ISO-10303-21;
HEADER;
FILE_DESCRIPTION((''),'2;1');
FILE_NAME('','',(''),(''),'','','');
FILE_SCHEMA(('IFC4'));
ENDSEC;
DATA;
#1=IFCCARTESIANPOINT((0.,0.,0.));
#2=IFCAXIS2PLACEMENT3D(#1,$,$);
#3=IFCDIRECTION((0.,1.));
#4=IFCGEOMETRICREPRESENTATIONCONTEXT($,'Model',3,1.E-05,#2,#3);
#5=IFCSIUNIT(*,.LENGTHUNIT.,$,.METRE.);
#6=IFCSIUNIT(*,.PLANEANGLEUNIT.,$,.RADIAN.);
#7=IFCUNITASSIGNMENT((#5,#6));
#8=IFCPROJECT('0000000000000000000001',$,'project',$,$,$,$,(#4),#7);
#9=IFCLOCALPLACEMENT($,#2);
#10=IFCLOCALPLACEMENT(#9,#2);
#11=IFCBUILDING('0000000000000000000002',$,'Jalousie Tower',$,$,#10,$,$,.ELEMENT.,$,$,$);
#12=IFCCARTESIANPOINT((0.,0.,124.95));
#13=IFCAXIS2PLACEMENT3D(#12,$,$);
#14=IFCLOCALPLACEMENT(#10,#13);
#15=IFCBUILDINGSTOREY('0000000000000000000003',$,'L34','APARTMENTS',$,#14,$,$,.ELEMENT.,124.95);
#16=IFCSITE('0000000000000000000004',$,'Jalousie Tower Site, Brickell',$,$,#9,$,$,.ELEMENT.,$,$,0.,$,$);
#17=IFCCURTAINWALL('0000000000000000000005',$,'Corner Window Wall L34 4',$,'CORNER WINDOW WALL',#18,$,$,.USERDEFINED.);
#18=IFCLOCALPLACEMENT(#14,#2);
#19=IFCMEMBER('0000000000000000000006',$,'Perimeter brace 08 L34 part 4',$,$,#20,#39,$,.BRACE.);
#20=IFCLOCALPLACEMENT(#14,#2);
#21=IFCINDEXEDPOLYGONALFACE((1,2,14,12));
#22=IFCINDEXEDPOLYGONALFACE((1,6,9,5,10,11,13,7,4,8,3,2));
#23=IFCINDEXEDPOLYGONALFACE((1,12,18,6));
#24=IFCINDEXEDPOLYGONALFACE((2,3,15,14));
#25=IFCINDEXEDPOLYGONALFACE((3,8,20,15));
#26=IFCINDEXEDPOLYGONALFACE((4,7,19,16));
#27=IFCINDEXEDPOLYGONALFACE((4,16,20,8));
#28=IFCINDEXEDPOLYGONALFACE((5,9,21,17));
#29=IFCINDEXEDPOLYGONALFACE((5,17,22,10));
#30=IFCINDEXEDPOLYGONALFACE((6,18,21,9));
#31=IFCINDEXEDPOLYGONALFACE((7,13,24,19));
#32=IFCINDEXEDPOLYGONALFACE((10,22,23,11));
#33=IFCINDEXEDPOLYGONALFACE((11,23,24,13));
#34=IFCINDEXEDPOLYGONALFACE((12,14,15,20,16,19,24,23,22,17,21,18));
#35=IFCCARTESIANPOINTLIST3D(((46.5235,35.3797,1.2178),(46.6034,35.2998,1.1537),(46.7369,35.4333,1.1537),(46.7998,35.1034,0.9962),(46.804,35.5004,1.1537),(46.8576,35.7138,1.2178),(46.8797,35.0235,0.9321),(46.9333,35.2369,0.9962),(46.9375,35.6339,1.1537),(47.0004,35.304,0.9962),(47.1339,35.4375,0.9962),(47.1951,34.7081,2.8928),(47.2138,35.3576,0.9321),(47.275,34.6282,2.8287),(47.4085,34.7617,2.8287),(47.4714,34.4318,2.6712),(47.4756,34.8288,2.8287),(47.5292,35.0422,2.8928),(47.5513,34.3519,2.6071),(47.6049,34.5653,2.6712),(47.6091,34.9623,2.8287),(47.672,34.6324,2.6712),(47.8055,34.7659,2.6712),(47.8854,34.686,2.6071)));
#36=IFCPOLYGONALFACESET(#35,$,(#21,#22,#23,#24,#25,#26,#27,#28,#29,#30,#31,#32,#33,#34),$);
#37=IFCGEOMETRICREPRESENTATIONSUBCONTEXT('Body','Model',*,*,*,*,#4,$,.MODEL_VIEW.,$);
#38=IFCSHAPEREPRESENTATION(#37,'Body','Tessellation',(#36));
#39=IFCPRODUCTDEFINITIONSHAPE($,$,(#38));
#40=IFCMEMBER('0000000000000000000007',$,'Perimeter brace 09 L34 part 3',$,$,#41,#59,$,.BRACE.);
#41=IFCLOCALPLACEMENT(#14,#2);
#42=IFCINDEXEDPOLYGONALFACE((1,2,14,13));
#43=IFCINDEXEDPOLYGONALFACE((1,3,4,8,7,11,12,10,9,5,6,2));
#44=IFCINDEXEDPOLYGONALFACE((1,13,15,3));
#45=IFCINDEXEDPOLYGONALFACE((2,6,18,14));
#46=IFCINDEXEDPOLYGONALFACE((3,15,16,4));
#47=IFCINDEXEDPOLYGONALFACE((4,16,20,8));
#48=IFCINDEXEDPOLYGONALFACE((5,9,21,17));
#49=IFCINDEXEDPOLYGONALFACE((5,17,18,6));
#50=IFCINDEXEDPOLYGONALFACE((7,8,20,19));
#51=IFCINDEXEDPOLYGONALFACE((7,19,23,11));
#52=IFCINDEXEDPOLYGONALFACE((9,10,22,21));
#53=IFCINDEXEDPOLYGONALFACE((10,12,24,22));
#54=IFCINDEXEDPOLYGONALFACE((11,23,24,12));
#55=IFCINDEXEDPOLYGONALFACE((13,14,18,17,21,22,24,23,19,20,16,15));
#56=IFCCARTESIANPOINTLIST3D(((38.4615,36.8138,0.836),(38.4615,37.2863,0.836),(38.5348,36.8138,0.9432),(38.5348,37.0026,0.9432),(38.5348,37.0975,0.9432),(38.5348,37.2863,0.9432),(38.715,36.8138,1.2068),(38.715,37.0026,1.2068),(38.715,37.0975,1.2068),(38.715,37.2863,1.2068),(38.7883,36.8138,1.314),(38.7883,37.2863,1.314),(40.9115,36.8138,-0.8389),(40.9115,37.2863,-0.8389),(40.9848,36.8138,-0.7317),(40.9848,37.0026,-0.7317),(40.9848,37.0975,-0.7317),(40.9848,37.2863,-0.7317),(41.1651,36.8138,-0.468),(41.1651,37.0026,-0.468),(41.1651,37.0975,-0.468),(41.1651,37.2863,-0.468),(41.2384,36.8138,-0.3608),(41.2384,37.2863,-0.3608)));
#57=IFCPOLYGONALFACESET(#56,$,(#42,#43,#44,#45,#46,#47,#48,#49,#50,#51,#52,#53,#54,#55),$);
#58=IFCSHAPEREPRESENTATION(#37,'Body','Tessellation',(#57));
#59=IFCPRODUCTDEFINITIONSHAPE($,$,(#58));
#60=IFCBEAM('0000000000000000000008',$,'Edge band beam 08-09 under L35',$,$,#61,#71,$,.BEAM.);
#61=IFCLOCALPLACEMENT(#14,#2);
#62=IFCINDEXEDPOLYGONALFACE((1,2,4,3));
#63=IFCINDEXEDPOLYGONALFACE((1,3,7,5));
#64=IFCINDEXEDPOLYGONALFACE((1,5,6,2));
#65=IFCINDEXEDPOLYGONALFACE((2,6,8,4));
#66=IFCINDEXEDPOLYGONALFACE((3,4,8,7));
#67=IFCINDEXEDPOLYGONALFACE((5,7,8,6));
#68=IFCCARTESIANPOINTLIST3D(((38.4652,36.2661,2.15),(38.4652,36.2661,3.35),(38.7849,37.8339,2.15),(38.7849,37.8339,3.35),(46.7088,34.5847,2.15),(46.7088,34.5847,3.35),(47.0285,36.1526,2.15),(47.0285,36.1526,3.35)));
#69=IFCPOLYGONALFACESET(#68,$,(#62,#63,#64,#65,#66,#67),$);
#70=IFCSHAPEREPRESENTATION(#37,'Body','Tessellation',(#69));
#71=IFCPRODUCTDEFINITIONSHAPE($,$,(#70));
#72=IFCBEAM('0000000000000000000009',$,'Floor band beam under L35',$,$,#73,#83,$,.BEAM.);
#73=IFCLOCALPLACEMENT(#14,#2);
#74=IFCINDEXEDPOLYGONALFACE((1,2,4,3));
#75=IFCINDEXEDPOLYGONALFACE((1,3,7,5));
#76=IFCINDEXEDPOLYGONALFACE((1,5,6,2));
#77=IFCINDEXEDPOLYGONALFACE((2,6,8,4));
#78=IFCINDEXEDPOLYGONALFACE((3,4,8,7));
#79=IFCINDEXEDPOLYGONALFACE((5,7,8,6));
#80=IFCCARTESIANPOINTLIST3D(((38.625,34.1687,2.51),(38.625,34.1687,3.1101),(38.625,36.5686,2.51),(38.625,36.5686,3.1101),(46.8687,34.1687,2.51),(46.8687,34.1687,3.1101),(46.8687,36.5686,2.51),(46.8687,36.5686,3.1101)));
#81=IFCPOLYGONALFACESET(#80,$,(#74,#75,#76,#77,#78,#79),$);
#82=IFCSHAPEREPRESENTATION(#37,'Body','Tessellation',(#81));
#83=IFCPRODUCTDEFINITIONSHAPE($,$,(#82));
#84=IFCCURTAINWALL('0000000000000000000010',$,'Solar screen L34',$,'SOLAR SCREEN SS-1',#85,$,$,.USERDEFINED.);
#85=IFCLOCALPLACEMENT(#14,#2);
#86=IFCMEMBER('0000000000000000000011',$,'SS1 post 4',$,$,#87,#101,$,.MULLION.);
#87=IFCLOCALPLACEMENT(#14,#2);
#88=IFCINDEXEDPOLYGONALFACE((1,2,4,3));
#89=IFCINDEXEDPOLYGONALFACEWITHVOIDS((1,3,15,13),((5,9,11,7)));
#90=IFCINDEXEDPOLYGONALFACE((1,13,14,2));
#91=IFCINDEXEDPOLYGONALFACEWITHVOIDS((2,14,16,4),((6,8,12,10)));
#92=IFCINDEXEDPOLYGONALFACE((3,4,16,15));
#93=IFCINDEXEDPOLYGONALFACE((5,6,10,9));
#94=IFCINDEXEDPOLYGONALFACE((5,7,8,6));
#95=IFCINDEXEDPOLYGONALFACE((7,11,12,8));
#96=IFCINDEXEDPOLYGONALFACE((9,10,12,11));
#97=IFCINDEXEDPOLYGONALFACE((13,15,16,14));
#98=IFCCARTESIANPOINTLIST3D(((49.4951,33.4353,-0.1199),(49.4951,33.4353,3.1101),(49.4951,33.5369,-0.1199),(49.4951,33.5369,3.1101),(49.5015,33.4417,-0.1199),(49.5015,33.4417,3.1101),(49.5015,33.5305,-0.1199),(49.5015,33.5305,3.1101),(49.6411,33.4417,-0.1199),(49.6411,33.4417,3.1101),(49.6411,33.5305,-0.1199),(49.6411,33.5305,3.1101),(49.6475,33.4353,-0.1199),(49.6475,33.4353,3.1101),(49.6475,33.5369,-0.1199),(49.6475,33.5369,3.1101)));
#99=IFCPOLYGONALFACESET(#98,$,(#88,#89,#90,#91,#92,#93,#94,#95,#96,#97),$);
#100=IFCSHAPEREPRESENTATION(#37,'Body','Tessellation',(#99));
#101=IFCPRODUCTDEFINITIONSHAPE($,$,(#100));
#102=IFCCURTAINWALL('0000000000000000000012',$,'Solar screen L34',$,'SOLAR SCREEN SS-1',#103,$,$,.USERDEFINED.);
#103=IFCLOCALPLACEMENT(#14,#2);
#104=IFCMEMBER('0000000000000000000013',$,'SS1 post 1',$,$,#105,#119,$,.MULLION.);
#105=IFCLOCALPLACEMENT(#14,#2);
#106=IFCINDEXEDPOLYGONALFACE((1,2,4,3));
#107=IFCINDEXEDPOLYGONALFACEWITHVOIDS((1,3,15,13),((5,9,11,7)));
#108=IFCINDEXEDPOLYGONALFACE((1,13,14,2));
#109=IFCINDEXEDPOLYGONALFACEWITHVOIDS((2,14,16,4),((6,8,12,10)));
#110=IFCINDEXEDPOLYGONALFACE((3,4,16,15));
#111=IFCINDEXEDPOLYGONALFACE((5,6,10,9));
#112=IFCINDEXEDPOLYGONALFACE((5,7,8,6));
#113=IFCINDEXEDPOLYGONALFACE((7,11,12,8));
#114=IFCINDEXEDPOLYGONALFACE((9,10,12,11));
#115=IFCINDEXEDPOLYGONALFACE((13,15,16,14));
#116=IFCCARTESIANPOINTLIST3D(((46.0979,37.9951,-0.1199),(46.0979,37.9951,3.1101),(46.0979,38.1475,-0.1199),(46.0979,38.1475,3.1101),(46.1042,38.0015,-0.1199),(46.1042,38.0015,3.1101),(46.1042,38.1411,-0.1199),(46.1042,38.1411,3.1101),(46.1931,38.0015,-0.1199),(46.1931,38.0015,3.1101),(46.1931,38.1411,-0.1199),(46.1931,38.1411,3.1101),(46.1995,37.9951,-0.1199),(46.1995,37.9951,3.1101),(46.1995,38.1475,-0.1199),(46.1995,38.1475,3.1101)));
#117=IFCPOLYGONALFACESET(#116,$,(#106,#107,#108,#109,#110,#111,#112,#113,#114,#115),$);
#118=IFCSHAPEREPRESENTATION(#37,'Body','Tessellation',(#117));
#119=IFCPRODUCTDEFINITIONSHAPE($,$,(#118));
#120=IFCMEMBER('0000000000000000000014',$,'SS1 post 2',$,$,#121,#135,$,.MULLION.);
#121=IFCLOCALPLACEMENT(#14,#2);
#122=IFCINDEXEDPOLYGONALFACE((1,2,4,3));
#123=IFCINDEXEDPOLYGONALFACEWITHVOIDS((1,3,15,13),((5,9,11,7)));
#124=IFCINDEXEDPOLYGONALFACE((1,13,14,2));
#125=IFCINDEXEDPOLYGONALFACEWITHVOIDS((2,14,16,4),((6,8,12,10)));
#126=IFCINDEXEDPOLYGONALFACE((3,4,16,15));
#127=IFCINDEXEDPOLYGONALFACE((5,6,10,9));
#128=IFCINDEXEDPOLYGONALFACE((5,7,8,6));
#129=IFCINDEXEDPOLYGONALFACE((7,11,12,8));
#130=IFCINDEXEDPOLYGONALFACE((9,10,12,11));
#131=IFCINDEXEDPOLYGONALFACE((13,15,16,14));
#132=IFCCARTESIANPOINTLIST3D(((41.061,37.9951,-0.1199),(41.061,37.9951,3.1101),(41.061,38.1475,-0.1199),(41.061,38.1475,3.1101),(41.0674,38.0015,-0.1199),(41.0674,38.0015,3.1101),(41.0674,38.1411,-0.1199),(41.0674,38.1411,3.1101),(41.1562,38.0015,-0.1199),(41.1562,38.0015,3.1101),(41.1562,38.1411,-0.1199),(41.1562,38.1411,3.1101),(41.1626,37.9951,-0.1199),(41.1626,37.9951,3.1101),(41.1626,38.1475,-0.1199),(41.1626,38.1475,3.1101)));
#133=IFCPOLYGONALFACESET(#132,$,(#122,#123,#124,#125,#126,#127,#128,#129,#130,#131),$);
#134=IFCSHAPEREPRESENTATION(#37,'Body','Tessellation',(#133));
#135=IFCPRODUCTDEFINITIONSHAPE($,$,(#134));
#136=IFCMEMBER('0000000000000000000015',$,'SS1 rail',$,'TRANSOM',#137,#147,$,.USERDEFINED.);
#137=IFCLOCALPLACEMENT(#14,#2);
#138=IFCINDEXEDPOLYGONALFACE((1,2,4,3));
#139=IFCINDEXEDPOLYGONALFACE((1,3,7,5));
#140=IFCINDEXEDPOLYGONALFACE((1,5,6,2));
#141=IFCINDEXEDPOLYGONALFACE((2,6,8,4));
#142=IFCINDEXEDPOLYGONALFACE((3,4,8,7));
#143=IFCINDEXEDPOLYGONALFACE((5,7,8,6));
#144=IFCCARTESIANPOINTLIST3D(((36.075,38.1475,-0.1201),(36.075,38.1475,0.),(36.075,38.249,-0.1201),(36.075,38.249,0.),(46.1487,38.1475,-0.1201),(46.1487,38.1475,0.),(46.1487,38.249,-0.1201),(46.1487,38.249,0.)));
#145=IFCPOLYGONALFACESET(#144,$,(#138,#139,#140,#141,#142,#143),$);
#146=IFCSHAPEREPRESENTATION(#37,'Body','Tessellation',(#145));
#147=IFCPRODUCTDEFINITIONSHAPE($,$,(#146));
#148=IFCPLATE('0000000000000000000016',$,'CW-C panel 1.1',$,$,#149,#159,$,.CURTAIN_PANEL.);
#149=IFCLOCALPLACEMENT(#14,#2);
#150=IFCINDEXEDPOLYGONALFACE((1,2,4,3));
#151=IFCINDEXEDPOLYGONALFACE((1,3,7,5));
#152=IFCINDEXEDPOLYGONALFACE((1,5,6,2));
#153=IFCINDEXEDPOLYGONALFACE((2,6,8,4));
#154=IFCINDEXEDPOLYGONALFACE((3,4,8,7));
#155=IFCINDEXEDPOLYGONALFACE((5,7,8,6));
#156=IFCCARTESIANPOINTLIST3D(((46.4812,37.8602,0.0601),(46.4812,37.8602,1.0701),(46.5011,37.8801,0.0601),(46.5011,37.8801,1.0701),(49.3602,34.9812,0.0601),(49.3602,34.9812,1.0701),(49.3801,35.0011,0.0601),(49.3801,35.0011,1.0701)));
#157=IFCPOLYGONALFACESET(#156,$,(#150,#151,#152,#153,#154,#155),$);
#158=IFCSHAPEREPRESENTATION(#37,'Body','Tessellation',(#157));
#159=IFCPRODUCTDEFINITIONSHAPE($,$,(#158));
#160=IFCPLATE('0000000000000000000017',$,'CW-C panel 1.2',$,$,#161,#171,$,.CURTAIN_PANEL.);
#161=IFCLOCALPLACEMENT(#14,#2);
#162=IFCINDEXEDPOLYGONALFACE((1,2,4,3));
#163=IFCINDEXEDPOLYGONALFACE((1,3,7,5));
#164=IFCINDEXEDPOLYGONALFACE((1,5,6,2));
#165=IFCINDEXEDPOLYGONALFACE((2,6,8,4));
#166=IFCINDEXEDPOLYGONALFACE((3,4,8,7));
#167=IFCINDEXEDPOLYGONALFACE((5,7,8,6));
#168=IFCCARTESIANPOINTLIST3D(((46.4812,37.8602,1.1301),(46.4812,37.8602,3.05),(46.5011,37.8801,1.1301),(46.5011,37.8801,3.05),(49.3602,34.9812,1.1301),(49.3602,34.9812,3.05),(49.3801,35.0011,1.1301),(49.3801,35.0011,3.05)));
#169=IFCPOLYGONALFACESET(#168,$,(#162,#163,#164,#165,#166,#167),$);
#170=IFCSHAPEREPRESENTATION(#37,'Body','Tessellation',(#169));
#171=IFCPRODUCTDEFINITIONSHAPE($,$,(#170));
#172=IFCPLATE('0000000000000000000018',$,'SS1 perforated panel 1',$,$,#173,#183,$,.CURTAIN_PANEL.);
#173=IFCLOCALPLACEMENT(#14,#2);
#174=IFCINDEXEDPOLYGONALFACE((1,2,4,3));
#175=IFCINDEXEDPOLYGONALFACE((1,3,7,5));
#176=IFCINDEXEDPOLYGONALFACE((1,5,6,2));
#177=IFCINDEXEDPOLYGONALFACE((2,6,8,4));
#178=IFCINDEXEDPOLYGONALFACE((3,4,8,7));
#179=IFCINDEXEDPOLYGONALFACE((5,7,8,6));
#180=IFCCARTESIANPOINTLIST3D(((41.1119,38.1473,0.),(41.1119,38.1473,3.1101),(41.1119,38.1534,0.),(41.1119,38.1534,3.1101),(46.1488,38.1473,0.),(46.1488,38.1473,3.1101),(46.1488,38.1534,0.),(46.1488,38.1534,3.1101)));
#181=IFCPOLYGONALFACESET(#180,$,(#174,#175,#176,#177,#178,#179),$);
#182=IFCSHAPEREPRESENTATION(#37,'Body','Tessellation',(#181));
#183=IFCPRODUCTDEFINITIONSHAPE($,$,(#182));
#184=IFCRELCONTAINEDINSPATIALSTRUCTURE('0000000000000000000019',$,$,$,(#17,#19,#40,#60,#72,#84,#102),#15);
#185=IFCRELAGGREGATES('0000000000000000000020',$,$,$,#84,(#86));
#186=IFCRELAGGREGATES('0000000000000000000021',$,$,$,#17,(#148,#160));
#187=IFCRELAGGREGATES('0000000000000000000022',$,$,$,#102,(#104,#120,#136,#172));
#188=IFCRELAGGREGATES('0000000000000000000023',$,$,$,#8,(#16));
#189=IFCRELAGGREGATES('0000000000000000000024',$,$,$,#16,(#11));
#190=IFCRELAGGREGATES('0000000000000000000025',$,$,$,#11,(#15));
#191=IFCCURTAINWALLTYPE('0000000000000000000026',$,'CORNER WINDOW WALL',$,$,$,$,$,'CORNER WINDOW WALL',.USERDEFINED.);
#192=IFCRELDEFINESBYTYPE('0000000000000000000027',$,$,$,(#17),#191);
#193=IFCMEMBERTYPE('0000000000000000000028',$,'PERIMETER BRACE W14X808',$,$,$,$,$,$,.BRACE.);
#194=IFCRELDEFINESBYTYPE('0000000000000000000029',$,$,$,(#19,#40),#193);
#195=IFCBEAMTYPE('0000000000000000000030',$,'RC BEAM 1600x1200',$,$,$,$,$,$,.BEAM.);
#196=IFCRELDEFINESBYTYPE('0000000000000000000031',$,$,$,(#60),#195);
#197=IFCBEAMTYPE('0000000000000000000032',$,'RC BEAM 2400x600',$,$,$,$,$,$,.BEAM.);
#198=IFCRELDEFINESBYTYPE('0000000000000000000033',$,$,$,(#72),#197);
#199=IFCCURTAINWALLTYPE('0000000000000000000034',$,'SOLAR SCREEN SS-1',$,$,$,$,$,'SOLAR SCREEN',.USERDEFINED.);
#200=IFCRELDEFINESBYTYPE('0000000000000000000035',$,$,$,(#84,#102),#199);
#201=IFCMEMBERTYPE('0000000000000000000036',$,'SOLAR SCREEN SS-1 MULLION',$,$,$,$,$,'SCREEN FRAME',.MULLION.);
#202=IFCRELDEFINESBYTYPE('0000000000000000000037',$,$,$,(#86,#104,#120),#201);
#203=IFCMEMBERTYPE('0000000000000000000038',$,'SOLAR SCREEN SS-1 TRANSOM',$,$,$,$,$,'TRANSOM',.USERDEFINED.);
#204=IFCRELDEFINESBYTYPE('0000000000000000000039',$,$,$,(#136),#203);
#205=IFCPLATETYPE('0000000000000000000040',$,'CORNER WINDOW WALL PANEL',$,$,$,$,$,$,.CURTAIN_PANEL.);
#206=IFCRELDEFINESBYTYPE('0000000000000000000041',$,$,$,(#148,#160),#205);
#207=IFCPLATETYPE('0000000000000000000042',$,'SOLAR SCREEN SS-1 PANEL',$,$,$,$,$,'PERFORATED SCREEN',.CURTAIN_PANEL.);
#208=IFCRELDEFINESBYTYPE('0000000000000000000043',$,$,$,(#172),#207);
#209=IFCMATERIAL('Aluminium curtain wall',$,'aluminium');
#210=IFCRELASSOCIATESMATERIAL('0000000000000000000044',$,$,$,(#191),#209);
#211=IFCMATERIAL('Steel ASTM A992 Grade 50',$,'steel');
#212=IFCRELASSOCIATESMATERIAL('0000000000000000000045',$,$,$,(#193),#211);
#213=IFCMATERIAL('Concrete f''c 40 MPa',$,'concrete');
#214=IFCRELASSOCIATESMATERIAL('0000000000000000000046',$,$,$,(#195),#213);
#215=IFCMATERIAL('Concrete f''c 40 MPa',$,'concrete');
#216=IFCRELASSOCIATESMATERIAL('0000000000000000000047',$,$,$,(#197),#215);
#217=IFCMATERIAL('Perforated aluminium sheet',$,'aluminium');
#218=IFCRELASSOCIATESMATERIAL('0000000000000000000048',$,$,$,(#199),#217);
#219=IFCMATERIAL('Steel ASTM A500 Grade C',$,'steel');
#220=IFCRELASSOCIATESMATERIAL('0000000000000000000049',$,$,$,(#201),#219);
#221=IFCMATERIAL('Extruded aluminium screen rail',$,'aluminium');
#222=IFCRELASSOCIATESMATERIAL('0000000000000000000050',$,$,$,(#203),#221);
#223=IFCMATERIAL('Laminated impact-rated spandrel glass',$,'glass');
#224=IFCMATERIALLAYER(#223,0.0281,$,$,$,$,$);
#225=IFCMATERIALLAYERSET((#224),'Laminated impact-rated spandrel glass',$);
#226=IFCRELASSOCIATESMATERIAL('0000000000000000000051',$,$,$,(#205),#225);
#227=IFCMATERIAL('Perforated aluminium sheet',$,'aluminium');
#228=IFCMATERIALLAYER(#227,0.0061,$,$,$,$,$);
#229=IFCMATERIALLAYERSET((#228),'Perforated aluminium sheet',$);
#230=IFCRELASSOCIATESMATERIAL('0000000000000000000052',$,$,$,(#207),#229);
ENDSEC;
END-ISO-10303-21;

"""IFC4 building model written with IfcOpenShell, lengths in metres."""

from ifc_helpers import new_model, si_unit, direction, frame, origin, origin_2d, place, context, subcontext, project, spatial, rectangle, hollow_rectangle, i_section, extrude, material, layer, layer_set, material_profile, profile_set, type_object, element, aggregate, save


model = new_model("IFC4")

# Units and contexts
model_context = context("Model", 3, precision=1e-05, world=origin(), true_north=direction((0.0, 1.0)))
body_context = subcontext(model_context, "Body", "Model", "MODEL_VIEW")
ifc_project = project(units=[si_unit("LENGTHUNIT", "METRE"), si_unit("PLANEANGLEUNIT", "RADIAN")], contexts=[model_context])

# Site, building, storey
site_placement = place(None, origin())
site = spatial("IfcSite", under=ifc_project, at=site_placement, Name="Jalousie Tower Site, Brickell", CompositionType="ELEMENT", RefElevation=0.0)
building_placement = place(site_placement, origin())
building = spatial("IfcBuilding", under=site, at=building_placement, Name="Jalousie Tower", CompositionType="ELEMENT")
storey_placement = place(building_placement, frame((0.0, 0.0, 124.95)))
storey = spatial("IfcBuildingStorey", under=building, at=storey_placement, Name="L34", Description="APARTMENTS", CompositionType="ELEMENT", Elevation=124.95)

# Curtain wall
ifc_material_1 = material(Name="Aluminium curtain wall", Category="aluminium")
curtain_wall_type_1 = type_object("IfcCurtainWallType", Name="CORNER WINDOW WALL", ElementType="CORNER WINDOW WALL", PredefinedType="USERDEFINED", material=ifc_material_1)
curtain_wall_1_placement = place(storey_placement, origin())
curtain_wall_1 = element("IfcCurtainWall", 1, at=curtain_wall_1_placement, inside=storey, type_object=curtain_wall_type_1, Name="Corner Window Wall L34 4", ObjectType="CORNER WINDOW WALL", PredefinedType="USERDEFINED")

# Members
ifc_material_2 = material(Name="Steel ASTM A992 Grade 50", Category="steel")
ifc_material_profile_1 = material_profile(ifc_material_2, i_section(OverallWidth=0.4724, OverallDepth=0.5791, WebThickness=0.095, FlangeThickness=0.1299, at=origin_2d()), Name="W14X808")
ifc_profile_set_1 = profile_set([ifc_material_profile_1], Name="Steel ASTM A992 Grade 50")
member_type_1 = type_object("IfcMemberType", Name="PERIMETER BRACE W14X808", PredefinedType="BRACE", material=ifc_profile_set_1)
member_1_placement = place(storey_placement, frame((46.8687, 35.3687, 1.075), z_axis=(0.348789, -0.348789, 0.869881), x_axis=(0.707107, 0.707107, 0.0)))
element("IfcMember", 2, at=member_1_placement, inside=storey, type_object=member_type_1, Name="Perimeter brace 08 L34 part 4", PredefinedType="BRACE", context=body_context, shape_type="SweptSolid", body=[
    extrude(i_section(OverallWidth=0.4724, OverallDepth=0.5791, WebThickness=0.095, FlangeThickness=0.1299, at=origin_2d()), origin(), (0.0, 0.0, 1.0), 1.9255),
])
member_2_placement = place(storey_placement, frame((41.075, 37.05, -0.5999), z_axis=(-0.825539, 0.0, 0.564345), x_axis=(0.0, -1.0, 0.0)))
element("IfcMember", 3, at=member_2_placement, inside=storey, type_object=member_type_1, Name="Perimeter brace 09 L34 part 3", PredefinedType="BRACE", context=body_context, shape_type="SweptSolid", body=[
    extrude(i_section(OverallWidth=0.4724, OverallDepth=0.5791, WebThickness=0.095, FlangeThickness=0.1299, at=origin_2d()), origin(), (0.0, 0.0, 1.0), 2.9678),
])

# Beams
ifc_material_3 = material(Name="Concrete f'c 40 MPa", Category="concrete")
ifc_material_profile_2 = material_profile(ifc_material_3, rectangle(XDim=1.6001, YDim=1.2, at=origin_2d()), Name="RC 1600x1200")
ifc_profile_set_2 = profile_set([ifc_material_profile_2], Name="Concrete f'c 40 MPa")
beam_type_1 = type_object("IfcBeamType", Name="RC BEAM 1600x1200", PredefinedType="BEAM", material=ifc_profile_set_2)
beam_1_placement = place(storey_placement, frame((46.8687, 35.3687, 2.75), z_axis=(-0.979827, 0.199848, 0.0), x_axis=(-0.199848, -0.979827, 0.0)))
element("IfcBeam", 4, at=beam_1_placement, inside=storey, type_object=beam_type_1, Name="Edge band beam 08-09 under L35", PredefinedType="BEAM", context=body_context, shape_type="SweptSolid", body=[
    extrude(rectangle(XDim=1.6001, YDim=1.2, at=origin_2d()), origin(), (0.0, 0.0, 1.0), 8.4133),
])
ifc_material_4 = material(Name="Concrete f'c 40 MPa", Category="concrete")
ifc_material_profile_3 = material_profile(ifc_material_4, rectangle(XDim=2.3999, YDim=0.6001, at=origin_2d()), Name="RC 2400x600")
ifc_profile_set_3 = profile_set([ifc_material_profile_3], Name="Concrete f'c 40 MPa")
beam_type_2 = type_object("IfcBeamType", Name="RC BEAM 2400x600", PredefinedType="BEAM", material=ifc_profile_set_3)
beam_2_placement = place(storey_placement, frame((46.8687, 35.3687, 2.8101), z_axis=(-1.0, 0.0, 0.0), x_axis=(0.0, -1.0, 0.0)))
element("IfcBeam", 5, at=beam_2_placement, inside=storey, type_object=beam_type_2, Name="Floor band beam under L35", PredefinedType="BEAM", context=body_context, shape_type="SweptSolid", body=[
    extrude(rectangle(XDim=2.3999, YDim=0.6001, at=origin_2d()), origin(), (0.0, 0.0, 1.0), 8.2437),
])

# Curtain wall, member
ifc_material_5 = material(Name="Perforated aluminium sheet", Category="aluminium")
curtain_wall_type_2 = type_object("IfcCurtainWallType", Name="SOLAR SCREEN SS-1", ElementType="SOLAR SCREEN", PredefinedType="USERDEFINED", material=ifc_material_5)
curtain_wall_2_placement = place(storey_placement, origin())
curtain_wall_2 = element("IfcCurtainWall", 6, at=curtain_wall_2_placement, inside=storey, type_object=curtain_wall_type_2, Name="Solar screen L34", ObjectType="SOLAR SCREEN SS-1", PredefinedType="USERDEFINED")
ifc_material_6 = material(Name="Steel ASTM A500 Grade C", Category="steel")
ifc_material_profile_4 = material_profile(ifc_material_6, hollow_rectangle(XDim=0.1016, YDim=0.1523, WallThickness=0.0063, at=origin_2d()), Name="HSS6X4X1/4")
ifc_profile_set_4 = profile_set([ifc_material_profile_4], Name="Steel ASTM A500 Grade C")
member_type_2 = type_object("IfcMemberType", Name="SOLAR SCREEN SS-1 MULLION", ElementType="SCREEN FRAME", PredefinedType="MULLION", material=ifc_profile_set_4)
member_3_placement = place(storey_placement, frame((49.5713, 33.4861, -0.1199), z_axis=(0.0, 0.0, 1.0), x_axis=(0.0, 1.0, 0.0)))
member_3 = element("IfcMember", 7, at=member_3_placement, type_object=member_type_2, Name="SS1 post 4", PredefinedType="MULLION", context=body_context, shape_type="SweptSolid", body=[
    extrude(hollow_rectangle(XDim=0.1016, YDim=0.1523, WallThickness=0.0063, at=origin_2d()), origin(), (0.0, 0.0, 1.0), 3.23),
])
aggregate(curtain_wall_2, [member_3])

# Curtain wall, members
curtain_wall_3_placement = place(storey_placement, origin())
curtain_wall_3 = element("IfcCurtainWall", 8, at=curtain_wall_3_placement, inside=storey, type_object=curtain_wall_type_2, Name="Solar screen L34", ObjectType="SOLAR SCREEN SS-1", PredefinedType="USERDEFINED")
member_4_placement = place(storey_placement, frame((46.1487, 38.0713, -0.1199), z_axis=(0.0, 0.0, 1.0), x_axis=(-1.0, 0.0, 0.0)))
member_4 = element("IfcMember", 9, at=member_4_placement, type_object=member_type_2, Name="SS1 post 1", PredefinedType="MULLION", context=body_context, shape_type="SweptSolid", body=[
    extrude(hollow_rectangle(XDim=0.1016, YDim=0.1523, WallThickness=0.0063, at=origin_2d()), origin(), (0.0, 0.0, 1.0), 3.23),
])
member_5_placement = place(storey_placement, frame((41.1118, 38.0713, -0.1199), z_axis=(0.0, 0.0, 1.0), x_axis=(-1.0, 0.0, 0.0)))
member_5 = element("IfcMember", 10, at=member_5_placement, type_object=member_type_2, Name="SS1 post 2", PredefinedType="MULLION", context=body_context, shape_type="SweptSolid", body=[
    extrude(hollow_rectangle(XDim=0.1016, YDim=0.1523, WallThickness=0.0063, at=origin_2d()), origin(), (0.0, 0.0, 1.0), 3.23),
])
ifc_material_7 = material(Name="Extruded aluminium screen rail", Category="aluminium")
ifc_material_profile_5 = material_profile(ifc_material_7, rectangle(XDim=0.1016, YDim=0.1201, at=origin_2d()), Name="RAIL 102x120")
ifc_profile_set_5 = profile_set([ifc_material_profile_5], Name="Extruded aluminium screen rail")
member_type_3 = type_object("IfcMemberType", Name="SOLAR SCREEN SS-1 TRANSOM", ElementType="TRANSOM", PredefinedType="USERDEFINED", material=ifc_profile_set_5)
member_6_placement = place(storey_placement, frame((46.1487, 38.1982, -0.0601), z_axis=(-1.0, 0.0, 0.0), x_axis=(0.0, -1.0, 0.0)))
member_6 = element("IfcMember", 11, at=member_6_placement, type_object=member_type_3, Name="SS1 rail", ObjectType="TRANSOM", PredefinedType="USERDEFINED", context=body_context, shape_type="SweptSolid", body=[
    extrude(rectangle(XDim=0.1016, YDim=0.1201, at=origin_2d()), origin(), (0.0, 0.0, 1.0), 10.0737),
])

# Plates
ifc_material_8 = material(Name="Laminated impact-rated spandrel glass", Category="glass")
ifc_layer_1 = layer(ifc_material_8, 0.0281)
ifc_layer_set_1 = layer_set([ifc_layer_1], Name="Laminated impact-rated spandrel glass")
plate_type_1 = type_object("IfcPlateType", Name="CORNER WINDOW WALL PANEL", PredefinedType="CURTAIN_PANEL", material=ifc_layer_set_1)
plate_1_placement = place(storey_placement, frame((47.9307, 36.4307, 0.0601), z_axis=(0.0, 0.0, 1.0), x_axis=(-0.707107, 0.707107, 0.0)))
plate_1 = element("IfcPlate", 12, at=plate_1_placement, type_object=plate_type_1, Name="CW-C panel 1.1", PredefinedType="CURTAIN_PANEL", context=body_context, shape_type="SweptSolid", body=[
    extrude(rectangle(XDim=4.0715, YDim=0.0281, at=origin_2d()), origin(), (0.0, 0.0, 1.0), 1.01),
])
plate_2_placement = place(storey_placement, frame((47.9307, 36.4307, 1.1301), z_axis=(0.0, 0.0, 1.0), x_axis=(-0.707107, 0.707107, 0.0)))
plate_2 = element("IfcPlate", 13, at=plate_2_placement, type_object=plate_type_1, Name="CW-C panel 1.2", PredefinedType="CURTAIN_PANEL", context=body_context, shape_type="SweptSolid", body=[
    extrude(rectangle(XDim=4.0715, YDim=0.0281, at=origin_2d()), origin(), (0.0, 0.0, 1.0), 1.9199),
])
aggregate(curtain_wall_1, [plate_1, plate_2])
ifc_material_9 = material(Name="Perforated aluminium sheet", Category="aluminium")
ifc_layer_2 = layer(ifc_material_9, 0.0061)
ifc_layer_set_2 = layer_set([ifc_layer_2], Name="Perforated aluminium sheet")
plate_type_2 = type_object("IfcPlateType", Name="SOLAR SCREEN SS-1 PANEL", ElementType="PERFORATED SCREEN", PredefinedType="CURTAIN_PANEL", material=ifc_layer_set_2)
plate_3_placement = place(storey_placement, frame((43.6304, 38.1504, 0.0), z_axis=(0.0, 0.0, 1.0), x_axis=(-1.0, 0.0, 0.0)))
plate_3 = element("IfcPlate", 14, at=plate_3_placement, type_object=plate_type_2, Name="SS1 perforated panel 1", PredefinedType="CURTAIN_PANEL", context=body_context, shape_type="SweptSolid", body=[
    extrude(rectangle(XDim=5.0369, YDim=0.0061, at=origin_2d()), origin(), (0.0, 0.0, 1.0), 3.1101),
])
aggregate(curtain_wall_3, [member_4, member_5, member_6, plate_3])

save(model, "model.ifc")
